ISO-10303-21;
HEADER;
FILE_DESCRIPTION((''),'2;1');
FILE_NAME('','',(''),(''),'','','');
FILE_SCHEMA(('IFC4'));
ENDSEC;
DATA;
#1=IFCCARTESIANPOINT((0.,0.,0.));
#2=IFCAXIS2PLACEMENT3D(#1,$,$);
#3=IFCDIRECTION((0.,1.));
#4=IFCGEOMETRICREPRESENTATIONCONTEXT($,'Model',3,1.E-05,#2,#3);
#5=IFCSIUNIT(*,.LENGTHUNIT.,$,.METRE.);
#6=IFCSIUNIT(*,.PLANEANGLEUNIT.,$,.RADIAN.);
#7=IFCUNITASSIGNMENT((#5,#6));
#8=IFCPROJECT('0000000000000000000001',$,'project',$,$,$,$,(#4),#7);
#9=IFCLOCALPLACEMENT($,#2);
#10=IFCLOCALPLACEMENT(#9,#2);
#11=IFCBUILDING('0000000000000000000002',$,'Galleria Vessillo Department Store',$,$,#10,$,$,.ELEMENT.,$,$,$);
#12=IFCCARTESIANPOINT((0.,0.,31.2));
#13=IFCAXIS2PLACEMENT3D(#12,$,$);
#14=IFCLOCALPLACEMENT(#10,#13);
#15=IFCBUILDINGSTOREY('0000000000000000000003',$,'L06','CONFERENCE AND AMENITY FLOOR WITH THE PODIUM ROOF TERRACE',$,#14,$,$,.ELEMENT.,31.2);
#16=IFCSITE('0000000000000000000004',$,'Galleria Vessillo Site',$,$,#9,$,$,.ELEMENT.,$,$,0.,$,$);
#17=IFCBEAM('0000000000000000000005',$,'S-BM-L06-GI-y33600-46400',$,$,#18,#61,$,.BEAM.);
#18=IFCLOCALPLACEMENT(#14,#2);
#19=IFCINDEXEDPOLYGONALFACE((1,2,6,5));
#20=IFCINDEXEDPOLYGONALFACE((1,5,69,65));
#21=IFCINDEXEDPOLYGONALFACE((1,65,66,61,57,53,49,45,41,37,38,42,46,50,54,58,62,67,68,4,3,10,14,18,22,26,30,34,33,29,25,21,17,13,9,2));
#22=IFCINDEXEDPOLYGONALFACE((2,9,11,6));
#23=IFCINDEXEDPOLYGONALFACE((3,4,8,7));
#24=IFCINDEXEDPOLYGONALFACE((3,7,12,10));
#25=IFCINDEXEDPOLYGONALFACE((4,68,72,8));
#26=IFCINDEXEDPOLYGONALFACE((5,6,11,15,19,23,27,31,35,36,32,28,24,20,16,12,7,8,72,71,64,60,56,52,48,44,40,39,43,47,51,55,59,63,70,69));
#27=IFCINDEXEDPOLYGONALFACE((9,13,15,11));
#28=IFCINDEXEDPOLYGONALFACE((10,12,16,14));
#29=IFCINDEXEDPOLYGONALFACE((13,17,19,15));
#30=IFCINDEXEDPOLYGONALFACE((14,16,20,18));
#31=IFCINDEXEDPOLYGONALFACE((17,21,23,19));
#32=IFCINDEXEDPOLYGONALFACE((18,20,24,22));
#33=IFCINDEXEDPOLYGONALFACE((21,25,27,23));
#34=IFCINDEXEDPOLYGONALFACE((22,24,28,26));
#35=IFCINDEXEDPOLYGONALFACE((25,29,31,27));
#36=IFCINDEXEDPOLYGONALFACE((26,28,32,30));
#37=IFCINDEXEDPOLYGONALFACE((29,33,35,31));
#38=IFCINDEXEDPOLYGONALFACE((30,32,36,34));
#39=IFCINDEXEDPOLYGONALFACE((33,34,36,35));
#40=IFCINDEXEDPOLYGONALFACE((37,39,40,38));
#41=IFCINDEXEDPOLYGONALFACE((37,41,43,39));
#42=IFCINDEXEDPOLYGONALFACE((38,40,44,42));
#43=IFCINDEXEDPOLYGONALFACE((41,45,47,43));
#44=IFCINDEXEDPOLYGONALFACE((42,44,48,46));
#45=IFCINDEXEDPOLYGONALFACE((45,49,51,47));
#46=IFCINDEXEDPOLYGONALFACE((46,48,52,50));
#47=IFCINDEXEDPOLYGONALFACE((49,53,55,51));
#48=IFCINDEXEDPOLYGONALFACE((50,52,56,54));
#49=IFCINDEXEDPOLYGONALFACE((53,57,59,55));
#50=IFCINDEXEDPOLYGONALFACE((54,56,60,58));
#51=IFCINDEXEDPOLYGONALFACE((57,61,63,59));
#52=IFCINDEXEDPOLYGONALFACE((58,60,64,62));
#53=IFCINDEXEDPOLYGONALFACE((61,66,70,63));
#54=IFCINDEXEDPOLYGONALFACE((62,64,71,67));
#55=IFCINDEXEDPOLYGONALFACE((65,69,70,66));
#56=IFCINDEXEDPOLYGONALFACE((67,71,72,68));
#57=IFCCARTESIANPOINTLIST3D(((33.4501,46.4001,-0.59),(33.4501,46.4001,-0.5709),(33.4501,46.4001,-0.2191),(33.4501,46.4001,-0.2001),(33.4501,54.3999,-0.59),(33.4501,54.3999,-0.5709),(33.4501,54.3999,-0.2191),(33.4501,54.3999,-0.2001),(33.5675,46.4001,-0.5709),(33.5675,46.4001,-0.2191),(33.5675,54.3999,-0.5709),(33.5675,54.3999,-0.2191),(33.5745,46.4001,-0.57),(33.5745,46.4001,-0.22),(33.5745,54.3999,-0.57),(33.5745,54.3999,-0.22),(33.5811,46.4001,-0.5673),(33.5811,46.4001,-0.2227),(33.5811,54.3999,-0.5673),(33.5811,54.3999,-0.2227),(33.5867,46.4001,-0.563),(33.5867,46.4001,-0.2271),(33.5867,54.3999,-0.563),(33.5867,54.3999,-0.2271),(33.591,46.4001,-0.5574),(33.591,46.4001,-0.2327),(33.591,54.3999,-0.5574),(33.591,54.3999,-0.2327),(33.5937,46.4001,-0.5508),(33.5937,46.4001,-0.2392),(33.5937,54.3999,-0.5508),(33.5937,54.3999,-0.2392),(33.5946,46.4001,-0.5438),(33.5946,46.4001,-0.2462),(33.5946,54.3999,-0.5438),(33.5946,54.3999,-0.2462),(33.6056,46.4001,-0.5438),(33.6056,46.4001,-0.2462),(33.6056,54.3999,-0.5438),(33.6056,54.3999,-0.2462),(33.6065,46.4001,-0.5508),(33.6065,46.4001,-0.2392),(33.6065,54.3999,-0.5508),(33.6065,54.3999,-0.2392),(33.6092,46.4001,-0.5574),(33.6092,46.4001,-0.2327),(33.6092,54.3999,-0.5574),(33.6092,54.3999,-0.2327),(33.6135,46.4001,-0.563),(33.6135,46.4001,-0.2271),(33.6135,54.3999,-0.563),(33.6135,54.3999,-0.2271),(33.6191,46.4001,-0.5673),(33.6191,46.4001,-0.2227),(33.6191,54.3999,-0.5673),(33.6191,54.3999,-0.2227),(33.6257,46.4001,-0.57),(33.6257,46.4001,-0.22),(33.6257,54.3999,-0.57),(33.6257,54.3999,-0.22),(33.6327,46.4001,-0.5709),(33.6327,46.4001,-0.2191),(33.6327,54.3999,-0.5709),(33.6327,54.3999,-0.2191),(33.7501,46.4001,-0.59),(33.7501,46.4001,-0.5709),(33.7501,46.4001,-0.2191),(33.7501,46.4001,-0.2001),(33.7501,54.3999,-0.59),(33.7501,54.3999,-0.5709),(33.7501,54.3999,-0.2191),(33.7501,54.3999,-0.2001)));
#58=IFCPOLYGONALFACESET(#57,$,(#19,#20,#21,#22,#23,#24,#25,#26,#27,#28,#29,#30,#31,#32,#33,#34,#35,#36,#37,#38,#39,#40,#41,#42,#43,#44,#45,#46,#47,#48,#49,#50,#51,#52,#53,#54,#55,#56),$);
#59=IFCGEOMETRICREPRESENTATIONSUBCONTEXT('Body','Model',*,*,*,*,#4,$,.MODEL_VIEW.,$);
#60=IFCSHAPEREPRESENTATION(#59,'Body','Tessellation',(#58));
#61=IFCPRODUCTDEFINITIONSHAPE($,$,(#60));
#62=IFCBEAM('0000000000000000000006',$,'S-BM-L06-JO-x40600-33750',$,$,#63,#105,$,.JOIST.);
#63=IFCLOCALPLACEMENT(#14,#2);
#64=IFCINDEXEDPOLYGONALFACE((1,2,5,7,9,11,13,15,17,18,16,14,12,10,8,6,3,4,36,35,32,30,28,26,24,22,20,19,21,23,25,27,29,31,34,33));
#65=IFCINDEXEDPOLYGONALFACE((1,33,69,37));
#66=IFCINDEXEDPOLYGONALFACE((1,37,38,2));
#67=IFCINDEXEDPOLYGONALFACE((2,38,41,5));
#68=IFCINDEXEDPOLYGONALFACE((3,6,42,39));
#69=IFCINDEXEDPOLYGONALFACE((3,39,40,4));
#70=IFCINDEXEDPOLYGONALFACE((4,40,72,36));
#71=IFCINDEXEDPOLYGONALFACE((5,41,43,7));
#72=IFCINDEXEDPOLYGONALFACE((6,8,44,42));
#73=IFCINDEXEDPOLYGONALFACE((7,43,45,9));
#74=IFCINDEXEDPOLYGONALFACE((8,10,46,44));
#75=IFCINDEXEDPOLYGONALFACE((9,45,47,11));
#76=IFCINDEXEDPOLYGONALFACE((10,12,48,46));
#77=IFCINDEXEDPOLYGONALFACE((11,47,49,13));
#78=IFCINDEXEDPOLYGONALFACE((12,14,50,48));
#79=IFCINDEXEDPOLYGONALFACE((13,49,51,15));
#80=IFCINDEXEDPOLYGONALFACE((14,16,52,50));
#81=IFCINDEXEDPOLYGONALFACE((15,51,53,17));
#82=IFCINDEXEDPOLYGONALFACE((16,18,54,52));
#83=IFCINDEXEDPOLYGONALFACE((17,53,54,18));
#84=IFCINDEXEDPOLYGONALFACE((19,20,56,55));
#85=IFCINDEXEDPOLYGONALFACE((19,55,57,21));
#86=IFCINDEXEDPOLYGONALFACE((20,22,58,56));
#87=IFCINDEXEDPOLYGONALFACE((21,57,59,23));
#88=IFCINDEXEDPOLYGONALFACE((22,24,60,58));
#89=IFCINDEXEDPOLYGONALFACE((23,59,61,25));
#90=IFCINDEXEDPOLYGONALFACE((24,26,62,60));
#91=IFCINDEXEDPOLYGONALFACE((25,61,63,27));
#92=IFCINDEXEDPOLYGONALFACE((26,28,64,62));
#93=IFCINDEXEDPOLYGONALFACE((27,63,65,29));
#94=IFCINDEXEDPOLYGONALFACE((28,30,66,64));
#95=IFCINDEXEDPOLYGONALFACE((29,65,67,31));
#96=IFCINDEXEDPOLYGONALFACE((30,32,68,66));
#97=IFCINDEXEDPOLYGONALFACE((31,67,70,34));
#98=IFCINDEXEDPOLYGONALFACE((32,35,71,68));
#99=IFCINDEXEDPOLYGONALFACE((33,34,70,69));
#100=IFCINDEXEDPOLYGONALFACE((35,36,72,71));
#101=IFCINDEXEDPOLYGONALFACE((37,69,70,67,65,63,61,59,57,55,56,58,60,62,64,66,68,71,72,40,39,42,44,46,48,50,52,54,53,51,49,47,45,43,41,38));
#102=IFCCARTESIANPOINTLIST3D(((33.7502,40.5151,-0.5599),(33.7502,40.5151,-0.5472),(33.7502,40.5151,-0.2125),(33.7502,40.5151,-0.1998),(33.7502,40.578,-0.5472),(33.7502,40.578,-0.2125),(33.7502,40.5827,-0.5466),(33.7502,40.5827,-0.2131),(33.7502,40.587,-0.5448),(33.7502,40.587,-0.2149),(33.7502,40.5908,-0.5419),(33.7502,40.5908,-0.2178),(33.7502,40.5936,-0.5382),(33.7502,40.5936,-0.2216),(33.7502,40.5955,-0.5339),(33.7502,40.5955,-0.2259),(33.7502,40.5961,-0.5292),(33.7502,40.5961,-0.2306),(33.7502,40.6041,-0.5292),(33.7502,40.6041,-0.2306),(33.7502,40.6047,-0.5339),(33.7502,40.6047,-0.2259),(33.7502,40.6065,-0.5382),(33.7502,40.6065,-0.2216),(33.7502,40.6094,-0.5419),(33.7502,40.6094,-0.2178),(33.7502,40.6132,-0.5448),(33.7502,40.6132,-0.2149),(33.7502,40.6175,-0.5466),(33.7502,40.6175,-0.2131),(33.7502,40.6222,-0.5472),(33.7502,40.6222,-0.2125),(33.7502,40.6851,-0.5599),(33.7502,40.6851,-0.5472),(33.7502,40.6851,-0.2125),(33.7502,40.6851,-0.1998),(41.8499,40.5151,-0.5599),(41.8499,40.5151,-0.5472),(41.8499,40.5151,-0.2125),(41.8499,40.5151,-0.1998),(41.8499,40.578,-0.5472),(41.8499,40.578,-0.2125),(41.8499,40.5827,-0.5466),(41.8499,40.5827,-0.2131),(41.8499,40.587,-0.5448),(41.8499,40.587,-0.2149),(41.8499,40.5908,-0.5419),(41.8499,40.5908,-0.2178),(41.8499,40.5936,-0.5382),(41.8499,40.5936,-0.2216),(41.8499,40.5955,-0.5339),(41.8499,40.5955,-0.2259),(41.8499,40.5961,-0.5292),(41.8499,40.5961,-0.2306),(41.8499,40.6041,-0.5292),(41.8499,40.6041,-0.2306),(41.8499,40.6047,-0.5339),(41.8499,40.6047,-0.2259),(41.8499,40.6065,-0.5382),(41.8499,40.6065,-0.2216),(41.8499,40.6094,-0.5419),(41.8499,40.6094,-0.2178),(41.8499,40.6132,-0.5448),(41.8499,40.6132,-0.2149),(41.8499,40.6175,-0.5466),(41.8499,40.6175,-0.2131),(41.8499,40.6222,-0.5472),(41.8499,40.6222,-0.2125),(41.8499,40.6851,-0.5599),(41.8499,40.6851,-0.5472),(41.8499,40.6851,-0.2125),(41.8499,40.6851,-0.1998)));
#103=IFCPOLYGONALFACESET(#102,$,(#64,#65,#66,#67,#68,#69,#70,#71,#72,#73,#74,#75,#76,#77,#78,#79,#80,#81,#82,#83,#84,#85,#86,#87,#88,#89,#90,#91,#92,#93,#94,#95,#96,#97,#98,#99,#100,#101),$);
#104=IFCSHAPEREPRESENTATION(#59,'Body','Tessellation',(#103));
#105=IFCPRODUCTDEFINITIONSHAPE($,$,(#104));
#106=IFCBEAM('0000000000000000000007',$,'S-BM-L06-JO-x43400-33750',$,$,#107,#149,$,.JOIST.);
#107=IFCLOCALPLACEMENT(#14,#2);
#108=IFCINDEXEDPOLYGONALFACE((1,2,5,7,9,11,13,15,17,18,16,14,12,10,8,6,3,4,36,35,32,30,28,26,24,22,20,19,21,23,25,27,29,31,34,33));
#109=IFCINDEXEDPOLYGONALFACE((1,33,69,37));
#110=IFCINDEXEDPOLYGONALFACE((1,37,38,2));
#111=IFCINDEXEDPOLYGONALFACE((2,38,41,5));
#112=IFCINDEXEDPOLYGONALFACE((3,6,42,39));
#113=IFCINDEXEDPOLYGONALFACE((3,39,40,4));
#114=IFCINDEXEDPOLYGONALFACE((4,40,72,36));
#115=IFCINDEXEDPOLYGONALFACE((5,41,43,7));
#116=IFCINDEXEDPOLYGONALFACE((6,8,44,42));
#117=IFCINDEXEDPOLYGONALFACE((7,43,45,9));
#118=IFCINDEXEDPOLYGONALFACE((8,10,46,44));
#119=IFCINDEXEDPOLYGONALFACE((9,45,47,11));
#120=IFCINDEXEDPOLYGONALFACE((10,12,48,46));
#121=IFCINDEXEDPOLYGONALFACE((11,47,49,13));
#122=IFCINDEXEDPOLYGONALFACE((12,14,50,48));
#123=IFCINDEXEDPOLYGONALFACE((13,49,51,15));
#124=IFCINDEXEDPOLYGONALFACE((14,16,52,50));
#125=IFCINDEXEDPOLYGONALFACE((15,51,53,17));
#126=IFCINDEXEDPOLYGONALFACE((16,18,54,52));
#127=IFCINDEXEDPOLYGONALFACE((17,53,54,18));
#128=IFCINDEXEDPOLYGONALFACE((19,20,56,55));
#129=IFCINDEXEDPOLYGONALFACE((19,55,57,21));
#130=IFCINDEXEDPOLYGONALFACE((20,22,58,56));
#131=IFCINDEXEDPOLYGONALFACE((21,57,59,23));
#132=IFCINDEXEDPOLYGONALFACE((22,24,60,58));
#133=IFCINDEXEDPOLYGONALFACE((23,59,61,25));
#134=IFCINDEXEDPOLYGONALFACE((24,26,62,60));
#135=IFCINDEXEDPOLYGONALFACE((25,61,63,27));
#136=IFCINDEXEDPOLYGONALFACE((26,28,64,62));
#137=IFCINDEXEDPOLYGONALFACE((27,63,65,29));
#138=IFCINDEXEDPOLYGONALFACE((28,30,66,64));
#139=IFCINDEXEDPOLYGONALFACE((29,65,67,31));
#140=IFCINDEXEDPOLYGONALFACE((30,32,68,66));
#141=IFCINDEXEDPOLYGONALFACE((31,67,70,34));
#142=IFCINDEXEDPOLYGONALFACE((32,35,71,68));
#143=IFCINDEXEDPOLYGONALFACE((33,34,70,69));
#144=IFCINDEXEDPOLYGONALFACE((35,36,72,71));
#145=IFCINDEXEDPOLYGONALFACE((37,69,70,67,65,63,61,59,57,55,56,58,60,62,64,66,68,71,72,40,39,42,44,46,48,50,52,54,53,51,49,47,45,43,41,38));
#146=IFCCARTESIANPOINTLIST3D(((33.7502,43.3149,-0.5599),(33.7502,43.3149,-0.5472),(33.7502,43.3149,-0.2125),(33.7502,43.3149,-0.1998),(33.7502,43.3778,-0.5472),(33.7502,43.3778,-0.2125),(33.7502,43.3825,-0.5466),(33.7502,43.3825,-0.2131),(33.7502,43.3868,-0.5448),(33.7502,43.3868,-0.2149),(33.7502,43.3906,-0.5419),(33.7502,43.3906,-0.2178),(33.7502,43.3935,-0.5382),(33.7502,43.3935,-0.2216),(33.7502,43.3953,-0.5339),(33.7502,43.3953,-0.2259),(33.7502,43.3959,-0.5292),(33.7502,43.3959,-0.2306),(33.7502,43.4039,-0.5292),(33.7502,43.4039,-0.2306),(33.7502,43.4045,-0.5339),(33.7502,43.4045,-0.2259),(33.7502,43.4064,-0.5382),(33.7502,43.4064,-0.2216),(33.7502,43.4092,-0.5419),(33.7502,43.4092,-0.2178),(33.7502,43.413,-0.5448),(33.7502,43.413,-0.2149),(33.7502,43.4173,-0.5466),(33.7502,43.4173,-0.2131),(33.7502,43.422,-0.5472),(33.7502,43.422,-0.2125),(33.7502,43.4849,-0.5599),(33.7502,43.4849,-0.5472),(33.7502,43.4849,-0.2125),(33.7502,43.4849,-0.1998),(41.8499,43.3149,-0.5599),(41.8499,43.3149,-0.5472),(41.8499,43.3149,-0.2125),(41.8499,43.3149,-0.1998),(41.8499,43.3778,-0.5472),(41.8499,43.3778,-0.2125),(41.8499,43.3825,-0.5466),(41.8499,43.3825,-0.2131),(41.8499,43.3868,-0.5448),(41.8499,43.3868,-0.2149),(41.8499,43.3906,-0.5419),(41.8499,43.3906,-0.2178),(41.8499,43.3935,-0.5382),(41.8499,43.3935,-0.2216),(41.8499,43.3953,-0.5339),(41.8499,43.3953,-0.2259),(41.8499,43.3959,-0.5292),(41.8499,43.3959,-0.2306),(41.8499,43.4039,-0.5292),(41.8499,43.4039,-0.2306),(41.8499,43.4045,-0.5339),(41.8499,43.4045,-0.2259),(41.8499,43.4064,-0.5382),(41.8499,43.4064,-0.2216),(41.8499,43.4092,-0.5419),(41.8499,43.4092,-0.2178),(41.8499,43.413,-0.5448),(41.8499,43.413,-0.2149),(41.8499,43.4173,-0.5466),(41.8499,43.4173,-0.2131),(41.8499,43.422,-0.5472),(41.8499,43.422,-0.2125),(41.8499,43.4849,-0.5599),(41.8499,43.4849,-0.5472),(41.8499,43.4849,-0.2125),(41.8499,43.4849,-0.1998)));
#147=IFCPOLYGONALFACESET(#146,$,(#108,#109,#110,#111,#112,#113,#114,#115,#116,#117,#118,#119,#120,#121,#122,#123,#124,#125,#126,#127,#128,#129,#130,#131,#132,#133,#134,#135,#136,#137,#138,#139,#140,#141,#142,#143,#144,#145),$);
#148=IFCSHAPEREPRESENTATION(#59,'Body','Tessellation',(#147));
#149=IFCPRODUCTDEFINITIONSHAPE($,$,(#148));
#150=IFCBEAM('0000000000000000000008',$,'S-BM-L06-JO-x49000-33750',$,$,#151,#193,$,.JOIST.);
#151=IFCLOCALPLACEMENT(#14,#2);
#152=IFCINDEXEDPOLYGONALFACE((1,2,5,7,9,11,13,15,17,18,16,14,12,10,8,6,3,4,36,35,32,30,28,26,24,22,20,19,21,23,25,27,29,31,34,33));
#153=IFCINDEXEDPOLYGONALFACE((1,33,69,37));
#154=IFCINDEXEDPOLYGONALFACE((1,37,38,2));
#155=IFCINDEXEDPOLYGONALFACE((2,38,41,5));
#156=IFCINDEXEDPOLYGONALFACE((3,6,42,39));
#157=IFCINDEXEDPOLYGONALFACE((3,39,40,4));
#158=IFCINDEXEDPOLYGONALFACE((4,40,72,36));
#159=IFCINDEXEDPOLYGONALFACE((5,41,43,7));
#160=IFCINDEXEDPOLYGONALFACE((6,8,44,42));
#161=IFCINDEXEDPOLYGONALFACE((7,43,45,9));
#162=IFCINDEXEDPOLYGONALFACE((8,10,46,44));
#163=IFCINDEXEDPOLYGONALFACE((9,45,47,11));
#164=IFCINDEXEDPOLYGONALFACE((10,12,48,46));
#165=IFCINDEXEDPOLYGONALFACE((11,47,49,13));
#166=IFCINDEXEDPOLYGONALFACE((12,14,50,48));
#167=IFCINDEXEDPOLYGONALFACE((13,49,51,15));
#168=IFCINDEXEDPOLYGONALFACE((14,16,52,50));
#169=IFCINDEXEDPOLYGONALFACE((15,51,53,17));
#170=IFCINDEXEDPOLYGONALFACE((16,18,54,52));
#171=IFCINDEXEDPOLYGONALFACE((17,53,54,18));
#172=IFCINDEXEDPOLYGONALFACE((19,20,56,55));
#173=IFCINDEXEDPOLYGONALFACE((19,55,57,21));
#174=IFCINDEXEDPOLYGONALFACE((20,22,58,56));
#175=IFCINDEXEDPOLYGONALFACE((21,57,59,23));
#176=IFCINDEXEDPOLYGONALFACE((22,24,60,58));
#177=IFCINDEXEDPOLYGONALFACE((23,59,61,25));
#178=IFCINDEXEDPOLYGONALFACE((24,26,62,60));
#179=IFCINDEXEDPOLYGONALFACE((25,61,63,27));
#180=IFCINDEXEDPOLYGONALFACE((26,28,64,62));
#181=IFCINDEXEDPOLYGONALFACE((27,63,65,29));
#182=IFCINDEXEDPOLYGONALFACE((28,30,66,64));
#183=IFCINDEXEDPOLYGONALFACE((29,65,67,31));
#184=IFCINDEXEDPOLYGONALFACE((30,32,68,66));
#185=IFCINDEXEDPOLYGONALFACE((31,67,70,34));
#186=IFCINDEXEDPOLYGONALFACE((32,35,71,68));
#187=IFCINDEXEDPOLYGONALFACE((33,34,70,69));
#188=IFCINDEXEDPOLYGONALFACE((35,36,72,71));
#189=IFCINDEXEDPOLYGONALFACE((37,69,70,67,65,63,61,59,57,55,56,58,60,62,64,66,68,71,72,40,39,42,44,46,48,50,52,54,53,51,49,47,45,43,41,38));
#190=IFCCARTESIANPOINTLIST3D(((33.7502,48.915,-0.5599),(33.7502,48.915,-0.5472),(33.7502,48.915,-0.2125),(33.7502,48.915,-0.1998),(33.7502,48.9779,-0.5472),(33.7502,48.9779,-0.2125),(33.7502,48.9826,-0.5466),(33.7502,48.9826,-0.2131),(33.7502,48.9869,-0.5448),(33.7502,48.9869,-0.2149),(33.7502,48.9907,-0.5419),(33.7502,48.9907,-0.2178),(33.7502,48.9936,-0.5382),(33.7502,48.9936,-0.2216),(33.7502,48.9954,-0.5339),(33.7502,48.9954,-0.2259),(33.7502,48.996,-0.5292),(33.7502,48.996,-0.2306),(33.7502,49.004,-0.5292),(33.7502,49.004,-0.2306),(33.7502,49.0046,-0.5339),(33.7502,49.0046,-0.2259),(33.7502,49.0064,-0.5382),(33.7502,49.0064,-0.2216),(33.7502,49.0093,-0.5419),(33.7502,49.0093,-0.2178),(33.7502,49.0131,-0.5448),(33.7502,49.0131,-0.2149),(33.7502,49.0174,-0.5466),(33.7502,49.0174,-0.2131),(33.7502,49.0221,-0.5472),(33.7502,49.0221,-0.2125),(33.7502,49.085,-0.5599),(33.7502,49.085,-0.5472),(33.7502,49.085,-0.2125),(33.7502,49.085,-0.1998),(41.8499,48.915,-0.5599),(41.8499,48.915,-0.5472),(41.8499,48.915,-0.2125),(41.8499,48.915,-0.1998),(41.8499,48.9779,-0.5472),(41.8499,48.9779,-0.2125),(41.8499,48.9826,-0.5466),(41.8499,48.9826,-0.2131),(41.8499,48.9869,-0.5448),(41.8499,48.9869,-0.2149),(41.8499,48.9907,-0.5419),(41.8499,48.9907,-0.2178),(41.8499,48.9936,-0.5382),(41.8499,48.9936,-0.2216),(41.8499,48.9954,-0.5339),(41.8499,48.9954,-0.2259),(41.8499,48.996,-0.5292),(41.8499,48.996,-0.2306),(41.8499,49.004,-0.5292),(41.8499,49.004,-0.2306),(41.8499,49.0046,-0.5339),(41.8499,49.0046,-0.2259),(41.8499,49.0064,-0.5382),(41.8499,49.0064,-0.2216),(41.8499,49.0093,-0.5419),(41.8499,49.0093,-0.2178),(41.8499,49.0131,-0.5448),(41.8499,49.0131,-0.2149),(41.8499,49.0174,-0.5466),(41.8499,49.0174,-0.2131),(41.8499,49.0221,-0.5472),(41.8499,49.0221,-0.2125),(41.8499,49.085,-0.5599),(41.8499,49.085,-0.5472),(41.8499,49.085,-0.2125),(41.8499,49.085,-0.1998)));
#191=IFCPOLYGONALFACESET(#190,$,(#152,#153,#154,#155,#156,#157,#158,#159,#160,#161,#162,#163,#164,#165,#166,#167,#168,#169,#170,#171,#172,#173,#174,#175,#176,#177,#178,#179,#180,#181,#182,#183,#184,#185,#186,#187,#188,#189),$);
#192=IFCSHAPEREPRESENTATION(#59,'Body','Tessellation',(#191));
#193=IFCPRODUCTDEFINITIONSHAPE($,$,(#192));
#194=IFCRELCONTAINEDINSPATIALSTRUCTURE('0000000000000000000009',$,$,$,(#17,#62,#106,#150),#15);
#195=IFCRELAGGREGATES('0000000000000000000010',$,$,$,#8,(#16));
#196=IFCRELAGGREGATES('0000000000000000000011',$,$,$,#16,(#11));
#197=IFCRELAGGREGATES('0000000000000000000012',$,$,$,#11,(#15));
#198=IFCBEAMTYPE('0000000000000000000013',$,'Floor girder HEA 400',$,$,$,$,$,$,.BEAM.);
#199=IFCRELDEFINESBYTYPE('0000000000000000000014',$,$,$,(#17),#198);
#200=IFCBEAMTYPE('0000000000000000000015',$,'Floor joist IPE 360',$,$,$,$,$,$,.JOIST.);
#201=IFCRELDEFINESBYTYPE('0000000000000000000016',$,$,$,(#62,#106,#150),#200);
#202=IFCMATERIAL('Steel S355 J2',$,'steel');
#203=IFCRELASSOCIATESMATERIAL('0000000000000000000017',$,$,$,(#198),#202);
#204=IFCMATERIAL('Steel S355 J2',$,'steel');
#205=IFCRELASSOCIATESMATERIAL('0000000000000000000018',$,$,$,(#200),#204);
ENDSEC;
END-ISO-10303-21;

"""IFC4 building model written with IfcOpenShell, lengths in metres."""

from ifc_helpers import new_model, si_unit, direction, frame, origin, origin_2d, place, context, subcontext, project, spatial, i_section, extrude, material, material_profile, profile_set, type_object, element, save


model = new_model("IFC4")

# Units and contexts
model_context = context("Model", 3, precision=1e-05, world=origin(), true_north=direction((0.0, 1.0)))
body_context = subcontext(model_context, "Body", "Model", "MODEL_VIEW")
ifc_project = project(units=[si_unit("LENGTHUNIT", "METRE"), si_unit("PLANEANGLEUNIT", "RADIAN")], contexts=[model_context])

# Site, building, storey
site_placement = place(None, origin())
site = spatial("IfcSite", under=ifc_project, at=site_placement, Name="Galleria Vessillo Site", CompositionType="ELEMENT", RefElevation=0.0)
building_placement = place(site_placement, origin())
building = spatial("IfcBuilding", under=site, at=building_placement, Name="Galleria Vessillo Department Store", CompositionType="ELEMENT")
storey_placement = place(building_placement, frame((0.0, 0.0, 31.2)))
storey = spatial("IfcBuildingStorey", under=building, at=storey_placement, Name="L06", Description="CONFERENCE AND AMENITY FLOOR WITH THE PODIUM ROOF TERRACE", CompositionType="ELEMENT", Elevation=31.2)

# Beams
ifc_material_1 = material(Name="Steel S355 J2", Category="steel")
ifc_material_profile_1 = material_profile(ifc_material_1, i_section(OverallWidth=0.3, OverallDepth=0.3899, WebThickness=0.011, FlangeThickness=0.019, FilletRadius=0.0271, at=origin_2d()), Name="HEA 400")
ifc_profile_set_1 = profile_set([ifc_material_profile_1], Name="Steel S355 J2")
beam_type_1 = type_object("IfcBeamType", Name="Floor girder HEA 400", PredefinedType="BEAM", material=ifc_profile_set_1)
beam_1_placement = place(storey_placement, frame((33.6001, 46.4001, -0.395), z_axis=(0.0, 1.0, 0.0), x_axis=(-1.0, 0.0, 0.0)))
element("IfcBeam", 1, at=beam_1_placement, inside=storey, type_object=beam_type_1, Name="S-BM-L06-GI-y33600-46400", PredefinedType="BEAM", context=body_context, shape_type="SweptSolid", body=[
    extrude(i_section(OverallWidth=0.3, OverallDepth=0.3899, WebThickness=0.011, FlangeThickness=0.019, FilletRadius=0.0271, at=origin_2d()), origin(), (0.0, 0.0, 1.0), 7.9998),
])
ifc_material_2 = material(Name="Steel S355 J2", Category="steel")
ifc_material_profile_2 = material_profile(ifc_material_2, i_section(OverallWidth=0.1699, OverallDepth=0.3601, WebThickness=0.0081, FlangeThickness=0.0127, FilletRadius=0.0181, at=origin_2d()), Name="IPE 360")
ifc_profile_set_2 = profile_set([ifc_material_profile_2], Name="Steel S355 J2")
beam_type_2 = type_object("IfcBeamType", Name="Floor joist IPE 360", PredefinedType="JOIST", material=ifc_profile_set_2)
for number, where, z_axis, x_axis, name in (
    (2, (33.7502, 40.6001, -0.3799), (1.0, 0.0, 0.0), (0.0, 1.0, 0.0), "S-BM-L06-JO-x40600-33750"),
    (3, (33.7502, 43.3999, -0.3799), (1.0, 0.0, 0.0), (0.0, 1.0, 0.0), "S-BM-L06-JO-x43400-33750"),
    (4, (33.7502, 49.0, -0.3799), (1.0, 0.0, 0.0), (0.0, 1.0, 0.0), "S-BM-L06-JO-x49000-33750"),
):
    element("IfcBeam", number, at=place(storey_placement, frame(where, z_axis=z_axis, x_axis=x_axis)), inside=storey, type_object=beam_type_2, Name=name, PredefinedType="JOIST", context=body_context, shape_type="SweptSolid", body=[
        extrude(i_section(OverallWidth=0.1699, OverallDepth=0.3601, WebThickness=0.0081, FlangeThickness=0.0127, FilletRadius=0.0181, at=origin_2d()), origin(), (0.0, 0.0, 1.0), 8.0996),
    ])

save(model, "model.ifc")
